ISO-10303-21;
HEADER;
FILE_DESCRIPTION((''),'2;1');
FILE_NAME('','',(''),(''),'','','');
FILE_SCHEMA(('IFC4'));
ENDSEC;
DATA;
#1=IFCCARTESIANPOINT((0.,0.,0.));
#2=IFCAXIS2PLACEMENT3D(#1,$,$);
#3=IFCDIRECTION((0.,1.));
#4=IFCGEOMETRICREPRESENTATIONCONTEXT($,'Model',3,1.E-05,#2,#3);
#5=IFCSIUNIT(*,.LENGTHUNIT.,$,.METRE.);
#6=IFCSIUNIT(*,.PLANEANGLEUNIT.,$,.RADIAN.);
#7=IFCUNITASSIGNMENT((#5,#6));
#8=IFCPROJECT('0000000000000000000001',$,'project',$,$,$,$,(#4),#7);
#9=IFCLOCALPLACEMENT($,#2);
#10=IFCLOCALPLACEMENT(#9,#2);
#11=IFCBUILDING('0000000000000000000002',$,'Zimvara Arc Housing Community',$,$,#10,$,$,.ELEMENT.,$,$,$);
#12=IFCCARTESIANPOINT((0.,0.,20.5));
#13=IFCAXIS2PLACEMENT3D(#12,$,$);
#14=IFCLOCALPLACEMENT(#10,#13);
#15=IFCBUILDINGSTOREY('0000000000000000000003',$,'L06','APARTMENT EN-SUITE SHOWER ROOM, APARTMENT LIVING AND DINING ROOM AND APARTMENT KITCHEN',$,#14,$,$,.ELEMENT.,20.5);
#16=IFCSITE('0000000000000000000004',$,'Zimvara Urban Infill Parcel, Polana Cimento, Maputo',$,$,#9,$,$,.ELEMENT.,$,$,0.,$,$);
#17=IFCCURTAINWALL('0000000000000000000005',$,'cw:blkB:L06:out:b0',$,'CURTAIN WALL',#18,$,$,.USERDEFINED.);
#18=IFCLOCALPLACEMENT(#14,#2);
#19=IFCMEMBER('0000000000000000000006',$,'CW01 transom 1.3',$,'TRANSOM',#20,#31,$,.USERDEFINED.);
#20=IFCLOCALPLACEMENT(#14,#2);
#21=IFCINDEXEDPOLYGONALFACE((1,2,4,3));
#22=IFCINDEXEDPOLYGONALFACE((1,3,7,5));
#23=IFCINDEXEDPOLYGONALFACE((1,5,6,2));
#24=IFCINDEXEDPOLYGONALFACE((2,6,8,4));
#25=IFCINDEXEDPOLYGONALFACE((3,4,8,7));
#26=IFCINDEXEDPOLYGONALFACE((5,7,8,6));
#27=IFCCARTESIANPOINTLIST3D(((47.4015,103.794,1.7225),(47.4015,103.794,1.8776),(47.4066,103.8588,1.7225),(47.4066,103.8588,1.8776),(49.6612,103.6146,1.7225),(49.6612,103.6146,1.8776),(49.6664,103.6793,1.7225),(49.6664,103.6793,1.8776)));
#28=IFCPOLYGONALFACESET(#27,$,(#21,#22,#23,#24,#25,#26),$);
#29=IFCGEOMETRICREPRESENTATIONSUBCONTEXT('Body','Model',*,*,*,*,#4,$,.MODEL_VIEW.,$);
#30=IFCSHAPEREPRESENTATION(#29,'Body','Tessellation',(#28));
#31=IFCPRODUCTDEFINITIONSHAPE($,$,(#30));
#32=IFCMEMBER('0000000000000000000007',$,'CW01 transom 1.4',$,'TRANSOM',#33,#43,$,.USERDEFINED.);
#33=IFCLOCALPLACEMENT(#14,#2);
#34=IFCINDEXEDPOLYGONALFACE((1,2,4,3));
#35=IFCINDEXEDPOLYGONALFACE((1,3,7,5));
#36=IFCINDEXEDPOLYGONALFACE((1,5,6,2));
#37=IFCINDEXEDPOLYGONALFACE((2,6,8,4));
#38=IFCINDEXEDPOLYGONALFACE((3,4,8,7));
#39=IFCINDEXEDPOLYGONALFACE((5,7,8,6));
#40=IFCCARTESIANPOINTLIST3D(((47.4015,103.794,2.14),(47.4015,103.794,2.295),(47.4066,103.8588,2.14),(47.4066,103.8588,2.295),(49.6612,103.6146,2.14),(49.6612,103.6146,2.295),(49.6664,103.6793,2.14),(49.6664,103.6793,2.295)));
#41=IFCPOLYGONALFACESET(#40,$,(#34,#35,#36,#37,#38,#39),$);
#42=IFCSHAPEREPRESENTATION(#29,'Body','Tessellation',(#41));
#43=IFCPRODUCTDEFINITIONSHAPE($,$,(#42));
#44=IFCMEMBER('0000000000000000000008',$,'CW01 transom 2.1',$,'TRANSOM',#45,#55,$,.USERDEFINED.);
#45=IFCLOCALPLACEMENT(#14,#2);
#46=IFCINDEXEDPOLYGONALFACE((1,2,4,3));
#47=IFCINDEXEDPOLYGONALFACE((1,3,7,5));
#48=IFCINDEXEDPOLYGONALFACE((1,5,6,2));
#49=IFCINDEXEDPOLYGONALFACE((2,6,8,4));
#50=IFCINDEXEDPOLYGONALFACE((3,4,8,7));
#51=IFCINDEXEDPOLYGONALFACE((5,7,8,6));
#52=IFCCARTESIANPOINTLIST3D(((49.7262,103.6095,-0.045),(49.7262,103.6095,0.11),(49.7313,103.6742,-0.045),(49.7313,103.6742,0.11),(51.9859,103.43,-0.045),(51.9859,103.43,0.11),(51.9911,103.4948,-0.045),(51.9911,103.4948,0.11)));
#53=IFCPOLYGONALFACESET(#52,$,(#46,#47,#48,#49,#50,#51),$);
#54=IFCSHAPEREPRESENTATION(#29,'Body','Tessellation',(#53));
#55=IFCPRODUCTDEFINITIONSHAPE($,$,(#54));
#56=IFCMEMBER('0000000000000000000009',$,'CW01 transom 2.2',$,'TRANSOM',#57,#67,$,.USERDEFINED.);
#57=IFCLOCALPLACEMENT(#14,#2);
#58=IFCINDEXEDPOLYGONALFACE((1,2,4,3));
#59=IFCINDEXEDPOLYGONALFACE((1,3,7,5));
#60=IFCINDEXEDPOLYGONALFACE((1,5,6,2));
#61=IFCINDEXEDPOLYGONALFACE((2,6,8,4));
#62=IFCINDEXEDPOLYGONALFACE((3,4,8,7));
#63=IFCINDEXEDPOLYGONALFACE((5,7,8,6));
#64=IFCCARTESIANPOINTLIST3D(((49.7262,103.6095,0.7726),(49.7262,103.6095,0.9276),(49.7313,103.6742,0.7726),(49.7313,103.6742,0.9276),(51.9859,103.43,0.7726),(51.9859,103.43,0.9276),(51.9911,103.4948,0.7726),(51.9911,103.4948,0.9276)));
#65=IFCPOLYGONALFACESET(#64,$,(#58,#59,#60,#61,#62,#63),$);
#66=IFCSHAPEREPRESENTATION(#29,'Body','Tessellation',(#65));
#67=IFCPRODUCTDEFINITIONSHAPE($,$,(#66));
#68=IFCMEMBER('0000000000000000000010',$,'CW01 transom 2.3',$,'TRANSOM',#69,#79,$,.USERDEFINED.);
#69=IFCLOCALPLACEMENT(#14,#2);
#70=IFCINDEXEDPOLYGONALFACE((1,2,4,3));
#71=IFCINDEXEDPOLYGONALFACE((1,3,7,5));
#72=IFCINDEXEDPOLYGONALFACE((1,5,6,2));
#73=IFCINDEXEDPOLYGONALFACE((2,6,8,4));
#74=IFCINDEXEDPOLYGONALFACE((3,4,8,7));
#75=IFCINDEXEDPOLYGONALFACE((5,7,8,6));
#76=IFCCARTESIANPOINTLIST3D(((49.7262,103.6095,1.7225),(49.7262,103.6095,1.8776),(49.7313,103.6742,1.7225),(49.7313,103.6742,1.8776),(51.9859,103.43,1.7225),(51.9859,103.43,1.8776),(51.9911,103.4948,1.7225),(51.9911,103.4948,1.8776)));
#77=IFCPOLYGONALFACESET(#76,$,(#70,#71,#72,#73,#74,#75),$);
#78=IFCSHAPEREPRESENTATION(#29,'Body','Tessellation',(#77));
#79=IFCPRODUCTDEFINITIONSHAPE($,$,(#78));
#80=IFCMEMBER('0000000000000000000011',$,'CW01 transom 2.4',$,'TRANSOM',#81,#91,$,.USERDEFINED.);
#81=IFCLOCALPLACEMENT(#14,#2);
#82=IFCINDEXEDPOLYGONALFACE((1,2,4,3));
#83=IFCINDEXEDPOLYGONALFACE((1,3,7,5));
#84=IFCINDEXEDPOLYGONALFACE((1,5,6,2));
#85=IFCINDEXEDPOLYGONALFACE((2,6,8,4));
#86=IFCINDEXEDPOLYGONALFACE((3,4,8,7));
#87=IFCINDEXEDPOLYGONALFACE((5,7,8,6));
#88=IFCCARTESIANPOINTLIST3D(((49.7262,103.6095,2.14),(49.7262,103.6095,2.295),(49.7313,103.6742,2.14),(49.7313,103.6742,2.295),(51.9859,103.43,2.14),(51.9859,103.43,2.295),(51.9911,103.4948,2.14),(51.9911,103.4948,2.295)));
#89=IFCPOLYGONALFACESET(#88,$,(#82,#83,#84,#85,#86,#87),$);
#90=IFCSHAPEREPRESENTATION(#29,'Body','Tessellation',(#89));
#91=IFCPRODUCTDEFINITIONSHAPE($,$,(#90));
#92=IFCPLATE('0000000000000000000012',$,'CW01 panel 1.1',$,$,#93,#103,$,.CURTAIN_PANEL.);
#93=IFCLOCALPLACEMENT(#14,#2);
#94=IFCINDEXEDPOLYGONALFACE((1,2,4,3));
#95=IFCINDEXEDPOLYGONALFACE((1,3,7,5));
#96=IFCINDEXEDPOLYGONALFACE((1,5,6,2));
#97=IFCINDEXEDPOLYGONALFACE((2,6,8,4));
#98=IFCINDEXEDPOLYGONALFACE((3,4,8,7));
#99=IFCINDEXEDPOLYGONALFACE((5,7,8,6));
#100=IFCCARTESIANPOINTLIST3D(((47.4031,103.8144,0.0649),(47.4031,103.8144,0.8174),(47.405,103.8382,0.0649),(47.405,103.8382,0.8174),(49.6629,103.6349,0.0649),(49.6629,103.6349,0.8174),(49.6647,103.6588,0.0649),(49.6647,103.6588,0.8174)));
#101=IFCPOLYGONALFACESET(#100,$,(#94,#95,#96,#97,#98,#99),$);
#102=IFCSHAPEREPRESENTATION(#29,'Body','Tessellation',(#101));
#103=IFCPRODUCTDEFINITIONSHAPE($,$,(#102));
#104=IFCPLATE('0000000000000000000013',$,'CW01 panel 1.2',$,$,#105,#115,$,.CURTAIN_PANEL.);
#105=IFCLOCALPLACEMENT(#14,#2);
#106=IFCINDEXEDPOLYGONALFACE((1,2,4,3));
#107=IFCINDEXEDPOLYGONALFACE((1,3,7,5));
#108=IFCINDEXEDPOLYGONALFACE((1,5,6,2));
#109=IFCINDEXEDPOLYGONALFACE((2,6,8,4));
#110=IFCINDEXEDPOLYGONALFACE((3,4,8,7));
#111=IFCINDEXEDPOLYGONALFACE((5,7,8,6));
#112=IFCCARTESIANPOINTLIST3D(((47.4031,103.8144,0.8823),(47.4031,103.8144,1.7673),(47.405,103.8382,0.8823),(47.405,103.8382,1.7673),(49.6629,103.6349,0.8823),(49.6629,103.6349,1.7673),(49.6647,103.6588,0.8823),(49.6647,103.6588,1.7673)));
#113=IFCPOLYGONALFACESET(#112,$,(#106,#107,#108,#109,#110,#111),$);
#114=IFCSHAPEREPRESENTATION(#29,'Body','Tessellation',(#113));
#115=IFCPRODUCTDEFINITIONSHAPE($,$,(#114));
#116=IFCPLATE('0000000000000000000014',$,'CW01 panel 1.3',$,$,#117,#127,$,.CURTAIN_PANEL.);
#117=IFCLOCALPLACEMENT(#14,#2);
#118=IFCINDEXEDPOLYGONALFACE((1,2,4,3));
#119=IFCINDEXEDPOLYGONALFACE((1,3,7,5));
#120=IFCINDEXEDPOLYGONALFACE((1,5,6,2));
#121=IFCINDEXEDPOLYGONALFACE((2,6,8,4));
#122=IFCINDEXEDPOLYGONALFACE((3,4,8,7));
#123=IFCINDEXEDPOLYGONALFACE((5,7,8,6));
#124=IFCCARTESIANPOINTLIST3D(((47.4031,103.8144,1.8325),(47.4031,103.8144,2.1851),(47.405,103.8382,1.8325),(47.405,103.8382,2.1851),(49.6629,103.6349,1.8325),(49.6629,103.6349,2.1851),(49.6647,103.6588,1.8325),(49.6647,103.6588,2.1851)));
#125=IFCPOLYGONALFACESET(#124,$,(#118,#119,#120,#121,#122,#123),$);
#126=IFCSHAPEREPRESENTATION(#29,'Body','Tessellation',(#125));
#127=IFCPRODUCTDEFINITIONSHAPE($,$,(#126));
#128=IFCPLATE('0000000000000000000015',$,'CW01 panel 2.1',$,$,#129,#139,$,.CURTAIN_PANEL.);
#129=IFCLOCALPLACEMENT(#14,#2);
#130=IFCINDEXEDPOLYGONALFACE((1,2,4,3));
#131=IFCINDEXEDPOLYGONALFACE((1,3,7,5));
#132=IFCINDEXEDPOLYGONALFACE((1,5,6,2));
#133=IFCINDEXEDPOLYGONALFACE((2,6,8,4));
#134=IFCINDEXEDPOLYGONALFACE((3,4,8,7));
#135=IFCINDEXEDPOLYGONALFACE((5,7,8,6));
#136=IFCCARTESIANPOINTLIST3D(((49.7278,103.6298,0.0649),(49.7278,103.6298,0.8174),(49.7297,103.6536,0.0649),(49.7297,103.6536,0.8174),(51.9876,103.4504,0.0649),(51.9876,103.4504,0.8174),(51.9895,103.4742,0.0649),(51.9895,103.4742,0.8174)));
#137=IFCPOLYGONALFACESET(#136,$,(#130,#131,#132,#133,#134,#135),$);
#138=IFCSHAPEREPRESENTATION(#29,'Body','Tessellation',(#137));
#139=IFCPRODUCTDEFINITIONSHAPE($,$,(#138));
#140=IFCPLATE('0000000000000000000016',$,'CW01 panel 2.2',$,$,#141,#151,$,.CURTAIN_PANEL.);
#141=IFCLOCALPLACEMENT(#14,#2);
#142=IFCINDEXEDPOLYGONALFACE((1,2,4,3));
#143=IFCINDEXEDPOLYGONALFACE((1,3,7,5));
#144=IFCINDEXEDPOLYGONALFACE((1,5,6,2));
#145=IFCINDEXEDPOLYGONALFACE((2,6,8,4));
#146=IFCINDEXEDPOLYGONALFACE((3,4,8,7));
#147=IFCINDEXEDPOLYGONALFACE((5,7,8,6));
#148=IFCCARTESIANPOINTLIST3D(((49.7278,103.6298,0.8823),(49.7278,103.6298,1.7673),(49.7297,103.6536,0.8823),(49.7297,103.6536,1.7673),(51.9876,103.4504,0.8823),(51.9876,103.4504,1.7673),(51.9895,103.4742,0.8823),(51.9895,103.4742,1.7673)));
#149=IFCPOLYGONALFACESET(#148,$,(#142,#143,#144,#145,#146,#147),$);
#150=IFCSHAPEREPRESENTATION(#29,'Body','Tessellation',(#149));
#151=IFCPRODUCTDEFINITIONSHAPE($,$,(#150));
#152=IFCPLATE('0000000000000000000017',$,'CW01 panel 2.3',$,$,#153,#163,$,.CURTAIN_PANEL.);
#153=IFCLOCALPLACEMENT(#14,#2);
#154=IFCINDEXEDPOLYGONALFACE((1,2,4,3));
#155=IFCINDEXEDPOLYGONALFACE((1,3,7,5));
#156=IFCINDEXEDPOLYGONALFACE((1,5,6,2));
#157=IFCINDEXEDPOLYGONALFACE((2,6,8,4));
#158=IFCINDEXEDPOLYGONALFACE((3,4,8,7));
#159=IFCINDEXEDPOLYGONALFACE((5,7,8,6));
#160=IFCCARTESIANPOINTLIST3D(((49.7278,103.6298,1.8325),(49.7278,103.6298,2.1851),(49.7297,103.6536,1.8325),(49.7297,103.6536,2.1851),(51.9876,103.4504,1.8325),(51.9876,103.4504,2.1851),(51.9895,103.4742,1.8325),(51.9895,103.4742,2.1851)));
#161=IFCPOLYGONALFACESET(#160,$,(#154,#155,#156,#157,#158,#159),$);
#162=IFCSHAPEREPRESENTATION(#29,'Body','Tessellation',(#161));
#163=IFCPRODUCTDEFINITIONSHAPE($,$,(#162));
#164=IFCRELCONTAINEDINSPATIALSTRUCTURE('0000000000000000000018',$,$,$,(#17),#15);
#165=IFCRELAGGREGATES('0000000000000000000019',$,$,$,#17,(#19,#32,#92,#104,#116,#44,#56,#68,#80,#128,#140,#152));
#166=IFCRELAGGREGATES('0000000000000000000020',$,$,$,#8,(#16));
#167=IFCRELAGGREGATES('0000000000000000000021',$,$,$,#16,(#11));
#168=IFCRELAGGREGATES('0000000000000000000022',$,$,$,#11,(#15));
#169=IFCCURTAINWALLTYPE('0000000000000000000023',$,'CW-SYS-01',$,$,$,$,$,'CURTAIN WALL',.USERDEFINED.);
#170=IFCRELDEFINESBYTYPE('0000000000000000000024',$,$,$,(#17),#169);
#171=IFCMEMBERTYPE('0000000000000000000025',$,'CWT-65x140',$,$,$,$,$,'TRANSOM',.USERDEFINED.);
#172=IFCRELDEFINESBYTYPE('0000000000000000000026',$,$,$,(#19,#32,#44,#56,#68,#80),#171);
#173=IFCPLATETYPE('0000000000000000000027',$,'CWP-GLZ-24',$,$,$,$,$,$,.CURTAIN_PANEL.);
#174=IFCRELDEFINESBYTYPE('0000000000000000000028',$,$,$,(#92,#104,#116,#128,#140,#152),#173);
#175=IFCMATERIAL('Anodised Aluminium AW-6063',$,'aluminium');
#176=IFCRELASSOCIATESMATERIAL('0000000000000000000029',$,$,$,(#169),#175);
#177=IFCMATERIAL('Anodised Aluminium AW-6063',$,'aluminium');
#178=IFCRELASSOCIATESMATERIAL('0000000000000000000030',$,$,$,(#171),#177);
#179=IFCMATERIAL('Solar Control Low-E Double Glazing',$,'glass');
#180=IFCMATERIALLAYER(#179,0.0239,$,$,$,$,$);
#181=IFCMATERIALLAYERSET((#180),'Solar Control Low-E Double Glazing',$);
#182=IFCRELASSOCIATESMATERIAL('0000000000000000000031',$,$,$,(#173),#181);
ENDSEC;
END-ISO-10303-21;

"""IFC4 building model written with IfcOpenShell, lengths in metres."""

from ifc_helpers import new_model, si_unit, direction, frame, origin, origin_2d, place, context, subcontext, project, spatial, rectangle, extrude, material, layer, layer_set, material_profile, profile_set, type_object, element, aggregate, save


model = new_model("IFC4")

# Units and contexts
model_context = context("Model", 3, precision=1e-05, world=origin(), true_north=direction((0.0, 1.0)))
body_context = subcontext(model_context, "Body", "Model", "MODEL_VIEW")
ifc_project = project(units=[si_unit("LENGTHUNIT", "METRE"), si_unit("PLANEANGLEUNIT", "RADIAN")], contexts=[model_context])

# Site, building, storey
site_placement = place(None, origin())
site = spatial("IfcSite", under=ifc_project, at=site_placement, Name="Zimvara Urban Infill Parcel, Polana Cimento, Maputo", CompositionType="ELEMENT", RefElevation=0.0)
building_placement = place(site_placement, origin())
building = spatial("IfcBuilding", under=site, at=building_placement, Name="Zimvara Arc Housing Community", CompositionType="ELEMENT")
storey_placement = place(building_placement, frame((0.0, 0.0, 20.5)))
storey = spatial("IfcBuildingStorey", under=building, at=storey_placement, Name="L06", Description="APARTMENT EN-SUITE SHOWER ROOM, APARTMENT LIVING AND DINING ROOM AND APARTMENT KITCHEN", CompositionType="ELEMENT", Elevation=20.5)

# Curtain wall, members, plates
ifc_material_1 = material(Name="Anodised Aluminium AW-6063", Category="aluminium")
curtain_wall_type = type_object("IfcCurtainWallType", Name="CW-SYS-01", ElementType="CURTAIN WALL", PredefinedType="USERDEFINED", material=ifc_material_1)
curtain_wall_placement = place(storey_placement, origin())
curtain_wall = element("IfcCurtainWall", 1, at=curtain_wall_placement, inside=storey, type_object=curtain_wall_type, Name="cw:blkB:L06:out:b0", ObjectType="CURTAIN WALL", PredefinedType="USERDEFINED")
ifc_material_2 = material(Name="Anodised Aluminium AW-6063", Category="aluminium")
ifc_material_profile_1 = material_profile(ifc_material_2, rectangle(XDim=0.0649, YDim=0.155, at=origin_2d()), Name="ALU 65x155")
ifc_profile_set_1 = profile_set([ifc_material_profile_1], Name="Anodised Aluminium AW-6063")
member_type_1 = type_object("IfcMemberType", Name="CWT-65x140", ElementType="TRANSOM", PredefinedType="USERDEFINED", material=ifc_profile_set_1)
member_1_placement = place(storey_placement, frame((47.4041, 103.8264, 1.8), z_axis=(0.996862, -0.079159, 0.0), x_axis=(0.079159, 0.996862, 0.0)))
member_1 = element("IfcMember", 2, at=member_1_placement, type_object=member_type_1, Name="CW01 transom 1.3", ObjectType="TRANSOM", PredefinedType="USERDEFINED", context=body_context, shape_type="SweptSolid", body=[
    extrude(rectangle(XDim=0.0649, YDim=0.155, at=origin_2d()), origin(), (0.0, 0.0, 1.0), 2.2668),
])
member_2_placement = place(storey_placement, frame((47.4041, 103.8264, 2.2175), z_axis=(0.996862, -0.079159, 0.0), x_axis=(0.079159, 0.996862, 0.0)))
member_2 = element("IfcMember", 3, at=member_2_placement, type_object=member_type_1, Name="CW01 transom 1.4", ObjectType="TRANSOM", PredefinedType="USERDEFINED", context=body_context, shape_type="SweptSolid", body=[
    extrude(rectangle(XDim=0.0649, YDim=0.155, at=origin_2d()), origin(), (0.0, 0.0, 1.0), 2.2668),
])
member_3_placement = place(storey_placement, frame((49.7288, 103.6418, 0.0325), z_axis=(0.996862, -0.079159, 0.0), x_axis=(0.079159, 0.996862, 0.0)))
member_3 = element("IfcMember", 4, at=member_3_placement, type_object=member_type_1, Name="CW01 transom 2.1", ObjectType="TRANSOM", PredefinedType="USERDEFINED", context=body_context, shape_type="SweptSolid", body=[
    extrude(rectangle(XDim=0.0649, YDim=0.155, at=origin_2d()), origin(), (0.0, 0.0, 1.0), 2.2668),
])
member_4_placement = place(storey_placement, frame((49.7288, 103.6418, 0.8501), z_axis=(0.996862, -0.079159, 0.0), x_axis=(0.079159, 0.996862, 0.0)))
member_4 = element("IfcMember", 5, at=member_4_placement, type_object=member_type_1, Name="CW01 transom 2.2", ObjectType="TRANSOM", PredefinedType="USERDEFINED", context=body_context, shape_type="SweptSolid", body=[
    extrude(rectangle(XDim=0.0649, YDim=0.155, at=origin_2d()), origin(), (0.0, 0.0, 1.0), 2.2668),
])
member_5_placement = place(storey_placement, frame((49.7288, 103.6418, 1.8), z_axis=(0.996862, -0.079159, 0.0), x_axis=(0.079159, 0.996862, 0.0)))
member_5 = element("IfcMember", 6, at=member_5_placement, type_object=member_type_1, Name="CW01 transom 2.3", ObjectType="TRANSOM", PredefinedType="USERDEFINED", context=body_context, shape_type="SweptSolid", body=[
    extrude(rectangle(XDim=0.0649, YDim=0.155, at=origin_2d()), origin(), (0.0, 0.0, 1.0), 2.2668),
])
member_6_placement = place(storey_placement, frame((49.7288, 103.6418, 2.2175), z_axis=(0.996862, -0.079159, 0.0), x_axis=(0.079159, 0.996862, 0.0)))
member_6 = element("IfcMember", 7, at=member_6_placement, type_object=member_type_1, Name="CW01 transom 2.4", ObjectType="TRANSOM", PredefinedType="USERDEFINED", context=body_context, shape_type="SweptSolid", body=[
    extrude(rectangle(XDim=0.0649, YDim=0.155, at=origin_2d()), origin(), (0.0, 0.0, 1.0), 2.2668),
])
ifc_material_3 = material(Name="Solar Control Low-E Double Glazing", Category="glass")
ifc_layer_1 = layer(ifc_material_3, 0.0239)
ifc_layer_set_1 = layer_set([ifc_layer_1], Name="Solar Control Low-E Double Glazing")
plate_type = type_object("IfcPlateType", Name="CWP-GLZ-24", PredefinedType="CURTAIN_PANEL", material=ifc_layer_set_1)
plate_1_placement = place(storey_placement, frame((48.5339, 103.7366, 0.0649), z_axis=(0.0, 0.0, 1.0), x_axis=(0.996862, -0.079154, 0.0)))
plate_1 = element("IfcPlate", 8, at=plate_1_placement, type_object=plate_type, Name="CW01 panel 1.1", PredefinedType="CURTAIN_PANEL", context=body_context, shape_type="SweptSolid", body=[
    extrude(rectangle(XDim=2.2668, YDim=0.0239, at=origin_2d()), origin(), (0.0, 0.0, 1.0), 0.7524),
])
plate_2_placement = place(storey_placement, frame((48.5339, 103.7366, 0.8823), z_axis=(0.0, 0.0, 1.0), x_axis=(0.996862, -0.079154, 0.0)))
plate_2 = element("IfcPlate", 9, at=plate_2_placement, type_object=plate_type, Name="CW01 panel 1.2", PredefinedType="CURTAIN_PANEL", context=body_context, shape_type="SweptSolid", body=[
    extrude(rectangle(XDim=2.2668, YDim=0.0239, at=origin_2d()), origin(), (0.0, 0.0, 1.0), 0.885),
])
plate_3_placement = place(storey_placement, frame((48.5339, 103.7366, 1.8325), z_axis=(0.0, 0.0, 1.0), x_axis=(0.996862, -0.079154, 0.0)))
plate_3 = element("IfcPlate", 10, at=plate_3_placement, type_object=plate_type, Name="CW01 panel 1.3", PredefinedType="CURTAIN_PANEL", context=body_context, shape_type="SweptSolid", body=[
    extrude(rectangle(XDim=2.2668, YDim=0.0239, at=origin_2d()), origin(), (0.0, 0.0, 1.0), 0.3525),
])
plate_4_placement = place(storey_placement, frame((50.8586, 103.552, 0.0649), z_axis=(0.0, 0.0, 1.0), x_axis=(0.996862, -0.079154, 0.0)))
plate_4 = element("IfcPlate", 11, at=plate_4_placement, type_object=plate_type, Name="CW01 panel 2.1", PredefinedType="CURTAIN_PANEL", context=body_context, shape_type="SweptSolid", body=[
    extrude(rectangle(XDim=2.2668, YDim=0.0239, at=origin_2d()), origin(), (0.0, 0.0, 1.0), 0.7524),
])
plate_5_placement = place(storey_placement, frame((50.8586, 103.552, 0.8823), z_axis=(0.0, 0.0, 1.0), x_axis=(0.996862, -0.079154, 0.0)))
plate_5 = element("IfcPlate", 12, at=plate_5_placement, type_object=plate_type, Name="CW01 panel 2.2", PredefinedType="CURTAIN_PANEL", context=body_context, shape_type="SweptSolid", body=[
    extrude(rectangle(XDim=2.2668, YDim=0.0239, at=origin_2d()), origin(), (0.0, 0.0, 1.0), 0.885),
])
plate_6_placement = place(storey_placement, frame((50.8586, 103.552, 1.8325), z_axis=(0.0, 0.0, 1.0), x_axis=(0.996862, -0.079154, 0.0)))
plate_6 = element("IfcPlate", 13, at=plate_6_placement, type_object=plate_type, Name="CW01 panel 2.3", PredefinedType="CURTAIN_PANEL", context=body_context, shape_type="SweptSolid", body=[
    extrude(rectangle(XDim=2.2668, YDim=0.0239, at=origin_2d()), origin(), (0.0, 0.0, 1.0), 0.3525),
])
aggregate(curtain_wall, [member_1, member_2, plate_1, plate_2, plate_3, member_3, member_4, member_5, member_6, plate_4, plate_5, plate_6])

save(model, "model.ifc")
